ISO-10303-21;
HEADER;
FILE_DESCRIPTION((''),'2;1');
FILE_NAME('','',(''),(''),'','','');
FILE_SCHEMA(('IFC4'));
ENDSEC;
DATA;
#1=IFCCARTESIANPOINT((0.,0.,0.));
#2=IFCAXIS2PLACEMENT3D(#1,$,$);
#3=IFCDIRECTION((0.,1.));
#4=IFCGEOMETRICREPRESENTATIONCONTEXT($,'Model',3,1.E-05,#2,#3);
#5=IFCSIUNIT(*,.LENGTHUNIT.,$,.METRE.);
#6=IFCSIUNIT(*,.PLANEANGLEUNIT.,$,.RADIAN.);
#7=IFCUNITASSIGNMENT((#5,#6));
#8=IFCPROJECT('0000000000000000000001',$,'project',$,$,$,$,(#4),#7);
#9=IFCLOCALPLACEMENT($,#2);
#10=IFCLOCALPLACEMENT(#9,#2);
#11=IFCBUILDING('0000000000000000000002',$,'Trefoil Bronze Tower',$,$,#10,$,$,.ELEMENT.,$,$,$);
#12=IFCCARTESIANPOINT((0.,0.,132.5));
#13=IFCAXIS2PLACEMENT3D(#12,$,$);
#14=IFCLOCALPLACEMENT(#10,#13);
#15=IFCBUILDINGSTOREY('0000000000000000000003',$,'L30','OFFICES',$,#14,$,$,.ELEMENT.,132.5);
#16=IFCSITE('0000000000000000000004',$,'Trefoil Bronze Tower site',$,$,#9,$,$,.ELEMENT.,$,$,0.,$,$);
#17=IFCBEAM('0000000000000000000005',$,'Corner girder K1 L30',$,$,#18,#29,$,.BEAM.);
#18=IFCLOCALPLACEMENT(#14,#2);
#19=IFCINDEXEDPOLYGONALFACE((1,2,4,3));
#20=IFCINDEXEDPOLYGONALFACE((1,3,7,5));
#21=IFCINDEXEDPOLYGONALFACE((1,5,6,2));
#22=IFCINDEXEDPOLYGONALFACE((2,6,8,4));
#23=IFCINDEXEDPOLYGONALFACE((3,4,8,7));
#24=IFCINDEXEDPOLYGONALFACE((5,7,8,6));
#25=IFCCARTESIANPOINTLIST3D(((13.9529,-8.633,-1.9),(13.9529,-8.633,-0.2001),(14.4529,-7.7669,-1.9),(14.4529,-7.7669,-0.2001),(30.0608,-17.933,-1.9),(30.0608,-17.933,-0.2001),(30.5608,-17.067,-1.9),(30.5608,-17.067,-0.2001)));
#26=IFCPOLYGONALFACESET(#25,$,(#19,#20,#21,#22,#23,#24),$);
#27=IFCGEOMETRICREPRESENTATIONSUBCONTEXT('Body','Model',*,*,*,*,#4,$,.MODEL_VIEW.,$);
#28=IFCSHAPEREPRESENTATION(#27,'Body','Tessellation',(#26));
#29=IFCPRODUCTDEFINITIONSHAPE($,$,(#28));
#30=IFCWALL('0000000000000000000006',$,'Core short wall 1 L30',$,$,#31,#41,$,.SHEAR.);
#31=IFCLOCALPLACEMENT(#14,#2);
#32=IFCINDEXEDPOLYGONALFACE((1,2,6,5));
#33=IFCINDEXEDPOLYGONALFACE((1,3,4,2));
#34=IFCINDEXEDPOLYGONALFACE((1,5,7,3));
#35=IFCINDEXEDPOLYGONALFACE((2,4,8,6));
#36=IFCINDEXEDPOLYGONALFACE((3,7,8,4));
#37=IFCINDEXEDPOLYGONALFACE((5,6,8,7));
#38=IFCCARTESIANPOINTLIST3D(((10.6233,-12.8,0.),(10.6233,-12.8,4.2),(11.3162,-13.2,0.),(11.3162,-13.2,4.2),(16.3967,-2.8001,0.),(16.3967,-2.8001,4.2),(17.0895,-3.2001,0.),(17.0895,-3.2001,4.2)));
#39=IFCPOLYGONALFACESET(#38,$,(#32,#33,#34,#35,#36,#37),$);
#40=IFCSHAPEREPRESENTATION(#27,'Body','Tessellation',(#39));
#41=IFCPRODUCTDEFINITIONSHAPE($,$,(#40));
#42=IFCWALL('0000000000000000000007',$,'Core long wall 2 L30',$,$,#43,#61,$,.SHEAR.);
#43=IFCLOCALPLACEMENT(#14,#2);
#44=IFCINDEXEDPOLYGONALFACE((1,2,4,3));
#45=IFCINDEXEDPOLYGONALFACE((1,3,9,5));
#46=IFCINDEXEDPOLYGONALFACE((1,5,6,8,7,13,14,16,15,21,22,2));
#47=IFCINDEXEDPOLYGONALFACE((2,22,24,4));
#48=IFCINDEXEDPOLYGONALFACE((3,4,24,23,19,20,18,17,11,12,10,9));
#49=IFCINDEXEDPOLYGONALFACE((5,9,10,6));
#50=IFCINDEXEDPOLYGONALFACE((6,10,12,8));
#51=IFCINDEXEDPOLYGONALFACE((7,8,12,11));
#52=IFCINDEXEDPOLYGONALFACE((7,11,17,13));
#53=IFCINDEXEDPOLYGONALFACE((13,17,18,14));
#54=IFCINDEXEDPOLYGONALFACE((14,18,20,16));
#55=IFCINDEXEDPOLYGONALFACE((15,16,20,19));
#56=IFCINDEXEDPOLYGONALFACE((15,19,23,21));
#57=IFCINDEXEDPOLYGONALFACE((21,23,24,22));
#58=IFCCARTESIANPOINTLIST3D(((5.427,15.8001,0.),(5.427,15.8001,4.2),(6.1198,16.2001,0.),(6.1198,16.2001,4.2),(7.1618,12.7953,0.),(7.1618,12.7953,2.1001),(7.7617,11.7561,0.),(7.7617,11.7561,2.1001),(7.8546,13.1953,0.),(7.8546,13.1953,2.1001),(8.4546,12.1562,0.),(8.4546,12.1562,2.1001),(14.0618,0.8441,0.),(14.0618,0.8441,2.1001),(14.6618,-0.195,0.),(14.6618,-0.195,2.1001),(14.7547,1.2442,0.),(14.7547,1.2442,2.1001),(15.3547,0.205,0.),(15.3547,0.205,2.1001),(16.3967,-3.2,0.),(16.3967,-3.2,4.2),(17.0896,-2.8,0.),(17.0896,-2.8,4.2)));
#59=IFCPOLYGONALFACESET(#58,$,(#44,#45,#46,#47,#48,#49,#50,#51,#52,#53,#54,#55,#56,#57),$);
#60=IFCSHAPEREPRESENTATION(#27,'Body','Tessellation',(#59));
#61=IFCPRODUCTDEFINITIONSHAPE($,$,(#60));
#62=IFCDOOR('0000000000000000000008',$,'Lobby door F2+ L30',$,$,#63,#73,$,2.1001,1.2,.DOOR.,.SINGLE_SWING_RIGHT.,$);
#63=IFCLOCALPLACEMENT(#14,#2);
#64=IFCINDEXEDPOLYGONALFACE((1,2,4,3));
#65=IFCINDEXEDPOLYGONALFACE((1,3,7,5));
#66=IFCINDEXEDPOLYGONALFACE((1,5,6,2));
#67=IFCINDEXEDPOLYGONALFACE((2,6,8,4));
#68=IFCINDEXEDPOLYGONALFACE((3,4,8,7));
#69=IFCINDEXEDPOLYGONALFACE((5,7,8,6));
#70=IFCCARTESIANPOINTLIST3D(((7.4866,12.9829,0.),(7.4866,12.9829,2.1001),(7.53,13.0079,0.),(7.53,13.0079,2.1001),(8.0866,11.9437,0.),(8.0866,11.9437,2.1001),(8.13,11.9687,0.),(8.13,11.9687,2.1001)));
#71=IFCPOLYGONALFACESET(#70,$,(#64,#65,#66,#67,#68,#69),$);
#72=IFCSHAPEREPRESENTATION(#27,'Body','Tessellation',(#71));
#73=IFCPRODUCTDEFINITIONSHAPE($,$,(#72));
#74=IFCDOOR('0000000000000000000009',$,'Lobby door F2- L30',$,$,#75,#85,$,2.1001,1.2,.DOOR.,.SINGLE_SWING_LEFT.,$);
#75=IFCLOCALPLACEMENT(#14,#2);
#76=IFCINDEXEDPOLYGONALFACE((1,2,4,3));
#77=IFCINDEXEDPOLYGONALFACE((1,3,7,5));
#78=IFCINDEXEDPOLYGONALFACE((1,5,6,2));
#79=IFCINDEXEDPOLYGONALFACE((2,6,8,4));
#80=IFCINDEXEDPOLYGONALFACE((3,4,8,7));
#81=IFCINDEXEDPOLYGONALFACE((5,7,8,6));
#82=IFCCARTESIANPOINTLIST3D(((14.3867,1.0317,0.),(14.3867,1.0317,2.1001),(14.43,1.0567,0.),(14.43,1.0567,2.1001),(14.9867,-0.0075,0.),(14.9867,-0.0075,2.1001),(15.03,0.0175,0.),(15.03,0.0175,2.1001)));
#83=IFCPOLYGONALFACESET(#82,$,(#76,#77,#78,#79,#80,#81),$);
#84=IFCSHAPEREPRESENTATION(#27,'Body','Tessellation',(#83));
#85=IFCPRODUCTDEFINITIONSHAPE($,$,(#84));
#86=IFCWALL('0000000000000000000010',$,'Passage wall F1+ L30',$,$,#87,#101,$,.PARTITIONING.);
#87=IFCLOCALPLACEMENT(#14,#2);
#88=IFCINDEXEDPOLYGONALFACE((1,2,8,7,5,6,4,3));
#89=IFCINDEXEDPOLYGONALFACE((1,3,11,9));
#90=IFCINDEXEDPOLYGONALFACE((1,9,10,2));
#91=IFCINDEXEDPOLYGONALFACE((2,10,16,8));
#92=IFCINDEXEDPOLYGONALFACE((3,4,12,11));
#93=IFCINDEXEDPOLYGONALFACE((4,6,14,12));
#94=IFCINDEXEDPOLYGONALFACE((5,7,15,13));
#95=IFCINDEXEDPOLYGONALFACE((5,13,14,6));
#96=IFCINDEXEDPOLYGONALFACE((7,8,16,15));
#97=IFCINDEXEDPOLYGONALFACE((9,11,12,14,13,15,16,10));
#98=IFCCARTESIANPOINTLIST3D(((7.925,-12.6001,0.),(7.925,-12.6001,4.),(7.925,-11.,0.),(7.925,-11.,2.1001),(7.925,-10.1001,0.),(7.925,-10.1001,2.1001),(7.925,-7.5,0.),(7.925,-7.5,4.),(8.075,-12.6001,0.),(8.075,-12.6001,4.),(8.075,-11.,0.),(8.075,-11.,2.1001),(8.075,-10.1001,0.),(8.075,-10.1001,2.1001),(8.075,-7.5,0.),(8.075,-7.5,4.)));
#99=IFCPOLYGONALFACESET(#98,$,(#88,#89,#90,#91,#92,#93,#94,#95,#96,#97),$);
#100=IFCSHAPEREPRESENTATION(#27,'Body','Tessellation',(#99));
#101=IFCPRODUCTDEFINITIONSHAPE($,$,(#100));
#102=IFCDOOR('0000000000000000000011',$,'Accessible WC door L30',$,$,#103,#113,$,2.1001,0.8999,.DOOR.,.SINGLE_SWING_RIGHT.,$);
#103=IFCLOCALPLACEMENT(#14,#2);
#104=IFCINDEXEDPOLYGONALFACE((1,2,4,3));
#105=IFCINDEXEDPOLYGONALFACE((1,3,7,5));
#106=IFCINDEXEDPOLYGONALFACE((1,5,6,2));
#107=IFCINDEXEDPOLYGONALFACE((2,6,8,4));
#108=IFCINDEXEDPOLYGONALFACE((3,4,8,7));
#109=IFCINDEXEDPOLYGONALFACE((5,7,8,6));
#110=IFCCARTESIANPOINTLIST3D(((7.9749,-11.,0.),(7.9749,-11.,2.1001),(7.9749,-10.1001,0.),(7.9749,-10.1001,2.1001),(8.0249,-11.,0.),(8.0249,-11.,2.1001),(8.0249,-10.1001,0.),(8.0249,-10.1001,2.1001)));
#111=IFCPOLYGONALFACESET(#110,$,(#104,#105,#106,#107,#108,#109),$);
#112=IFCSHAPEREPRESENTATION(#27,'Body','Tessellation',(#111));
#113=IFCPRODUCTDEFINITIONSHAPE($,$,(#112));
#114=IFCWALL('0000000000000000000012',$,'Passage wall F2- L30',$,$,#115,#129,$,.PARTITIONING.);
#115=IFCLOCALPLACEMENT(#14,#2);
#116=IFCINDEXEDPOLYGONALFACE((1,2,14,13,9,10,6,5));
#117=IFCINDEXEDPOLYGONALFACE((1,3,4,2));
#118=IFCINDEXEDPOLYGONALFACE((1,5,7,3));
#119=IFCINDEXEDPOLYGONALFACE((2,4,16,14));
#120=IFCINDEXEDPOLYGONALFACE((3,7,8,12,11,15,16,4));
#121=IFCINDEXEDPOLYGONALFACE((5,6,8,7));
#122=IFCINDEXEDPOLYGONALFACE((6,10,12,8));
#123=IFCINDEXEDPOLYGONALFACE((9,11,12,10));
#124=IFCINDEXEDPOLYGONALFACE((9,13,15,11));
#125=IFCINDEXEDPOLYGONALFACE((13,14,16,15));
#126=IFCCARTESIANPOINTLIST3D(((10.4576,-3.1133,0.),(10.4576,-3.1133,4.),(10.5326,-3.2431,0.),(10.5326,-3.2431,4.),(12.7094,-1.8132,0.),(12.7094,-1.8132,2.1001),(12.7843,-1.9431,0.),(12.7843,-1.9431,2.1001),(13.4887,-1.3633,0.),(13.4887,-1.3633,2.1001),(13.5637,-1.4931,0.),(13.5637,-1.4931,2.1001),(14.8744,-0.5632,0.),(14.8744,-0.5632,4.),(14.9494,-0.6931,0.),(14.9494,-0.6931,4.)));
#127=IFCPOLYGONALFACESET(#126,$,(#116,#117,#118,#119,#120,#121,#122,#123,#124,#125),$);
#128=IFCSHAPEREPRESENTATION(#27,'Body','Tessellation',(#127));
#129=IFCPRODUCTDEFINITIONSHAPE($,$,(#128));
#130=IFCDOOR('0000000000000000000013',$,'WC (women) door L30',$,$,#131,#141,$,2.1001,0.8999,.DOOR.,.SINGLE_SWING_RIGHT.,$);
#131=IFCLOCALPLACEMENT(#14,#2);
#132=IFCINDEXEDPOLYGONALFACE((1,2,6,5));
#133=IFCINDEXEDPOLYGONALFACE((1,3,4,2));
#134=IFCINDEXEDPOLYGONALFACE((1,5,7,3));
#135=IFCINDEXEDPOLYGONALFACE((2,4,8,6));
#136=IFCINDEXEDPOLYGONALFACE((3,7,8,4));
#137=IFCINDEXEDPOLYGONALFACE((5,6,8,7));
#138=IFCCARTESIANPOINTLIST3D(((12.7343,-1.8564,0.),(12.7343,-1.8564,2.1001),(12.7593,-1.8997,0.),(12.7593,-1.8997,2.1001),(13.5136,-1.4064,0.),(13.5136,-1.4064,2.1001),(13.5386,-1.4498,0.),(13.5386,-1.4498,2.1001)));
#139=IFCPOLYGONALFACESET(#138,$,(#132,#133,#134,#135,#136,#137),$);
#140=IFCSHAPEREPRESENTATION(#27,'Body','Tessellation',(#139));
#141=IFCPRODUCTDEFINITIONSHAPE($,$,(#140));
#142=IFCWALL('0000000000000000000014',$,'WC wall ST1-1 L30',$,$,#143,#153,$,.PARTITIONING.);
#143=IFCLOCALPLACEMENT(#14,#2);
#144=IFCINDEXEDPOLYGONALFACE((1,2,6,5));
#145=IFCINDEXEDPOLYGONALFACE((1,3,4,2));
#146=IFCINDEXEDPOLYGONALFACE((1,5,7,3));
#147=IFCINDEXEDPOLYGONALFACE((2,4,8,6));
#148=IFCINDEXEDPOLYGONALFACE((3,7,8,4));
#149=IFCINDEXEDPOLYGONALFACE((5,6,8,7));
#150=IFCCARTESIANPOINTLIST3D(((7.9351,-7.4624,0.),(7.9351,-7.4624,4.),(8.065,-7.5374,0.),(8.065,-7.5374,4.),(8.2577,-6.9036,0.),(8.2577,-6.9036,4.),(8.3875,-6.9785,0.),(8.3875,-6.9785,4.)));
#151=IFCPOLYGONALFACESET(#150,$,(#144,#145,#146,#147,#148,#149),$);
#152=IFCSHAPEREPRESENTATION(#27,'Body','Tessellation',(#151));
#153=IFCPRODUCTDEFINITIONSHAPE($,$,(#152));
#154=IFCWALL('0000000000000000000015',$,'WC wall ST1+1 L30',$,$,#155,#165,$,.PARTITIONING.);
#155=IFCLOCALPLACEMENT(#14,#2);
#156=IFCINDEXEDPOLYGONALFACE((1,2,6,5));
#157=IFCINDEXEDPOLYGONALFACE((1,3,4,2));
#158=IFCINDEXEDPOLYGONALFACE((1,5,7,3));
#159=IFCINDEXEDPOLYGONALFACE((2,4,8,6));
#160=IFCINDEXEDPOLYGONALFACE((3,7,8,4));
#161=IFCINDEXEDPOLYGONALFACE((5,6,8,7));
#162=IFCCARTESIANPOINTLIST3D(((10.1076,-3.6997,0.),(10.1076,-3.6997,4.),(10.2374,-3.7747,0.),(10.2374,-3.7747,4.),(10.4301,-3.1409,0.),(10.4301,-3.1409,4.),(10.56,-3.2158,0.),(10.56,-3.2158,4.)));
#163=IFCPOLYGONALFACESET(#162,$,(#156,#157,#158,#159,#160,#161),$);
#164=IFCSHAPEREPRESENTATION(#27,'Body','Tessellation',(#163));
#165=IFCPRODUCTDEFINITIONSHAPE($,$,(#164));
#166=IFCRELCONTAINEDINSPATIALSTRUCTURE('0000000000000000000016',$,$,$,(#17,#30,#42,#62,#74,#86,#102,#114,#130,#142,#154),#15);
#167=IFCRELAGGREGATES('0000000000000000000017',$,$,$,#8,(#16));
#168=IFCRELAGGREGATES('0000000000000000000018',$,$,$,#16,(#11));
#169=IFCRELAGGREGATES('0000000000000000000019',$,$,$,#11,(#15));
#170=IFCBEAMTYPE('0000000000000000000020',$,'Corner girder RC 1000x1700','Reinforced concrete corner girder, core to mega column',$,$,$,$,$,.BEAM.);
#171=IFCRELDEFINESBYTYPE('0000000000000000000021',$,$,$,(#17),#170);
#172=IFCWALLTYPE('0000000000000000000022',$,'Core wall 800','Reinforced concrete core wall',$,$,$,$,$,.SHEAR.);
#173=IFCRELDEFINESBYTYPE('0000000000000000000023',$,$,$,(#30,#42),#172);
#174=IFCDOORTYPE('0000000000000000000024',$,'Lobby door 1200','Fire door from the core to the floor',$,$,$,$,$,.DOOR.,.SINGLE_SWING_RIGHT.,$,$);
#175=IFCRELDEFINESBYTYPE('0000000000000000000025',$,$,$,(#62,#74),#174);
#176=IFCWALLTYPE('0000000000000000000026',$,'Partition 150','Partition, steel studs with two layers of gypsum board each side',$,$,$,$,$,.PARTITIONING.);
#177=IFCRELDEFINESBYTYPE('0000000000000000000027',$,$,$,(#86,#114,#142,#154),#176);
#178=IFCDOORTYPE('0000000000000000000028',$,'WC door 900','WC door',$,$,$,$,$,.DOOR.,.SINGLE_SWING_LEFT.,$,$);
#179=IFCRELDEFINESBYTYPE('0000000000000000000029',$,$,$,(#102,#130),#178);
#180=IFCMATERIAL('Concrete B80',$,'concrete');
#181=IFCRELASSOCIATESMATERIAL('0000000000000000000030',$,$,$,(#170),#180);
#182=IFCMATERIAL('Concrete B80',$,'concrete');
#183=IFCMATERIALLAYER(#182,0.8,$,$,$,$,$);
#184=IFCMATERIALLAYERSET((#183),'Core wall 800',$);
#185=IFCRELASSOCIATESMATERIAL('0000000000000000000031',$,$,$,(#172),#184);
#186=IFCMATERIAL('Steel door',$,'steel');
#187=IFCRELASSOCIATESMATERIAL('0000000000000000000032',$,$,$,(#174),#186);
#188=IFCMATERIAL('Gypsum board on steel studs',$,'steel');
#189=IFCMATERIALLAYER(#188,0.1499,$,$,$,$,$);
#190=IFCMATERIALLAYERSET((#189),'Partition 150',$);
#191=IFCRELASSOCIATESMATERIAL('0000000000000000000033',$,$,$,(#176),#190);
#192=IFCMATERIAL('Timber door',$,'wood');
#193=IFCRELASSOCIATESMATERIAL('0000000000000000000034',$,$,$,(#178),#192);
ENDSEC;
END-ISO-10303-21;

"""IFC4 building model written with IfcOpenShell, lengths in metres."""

from ifc_helpers import new_model, si_unit, direction, frame, frame_2d, origin, origin_2d, place, context, subcontext, project, spatial, rectangle, extrude, material, layer, layer_set, material_profile, profile_set, type_object, element, fill, save


model = new_model("IFC4")

# Units and contexts
model_context = context("Model", 3, precision=1e-05, world=origin(), true_north=direction((0.0, 1.0)))
body_context = subcontext(model_context, "Body", "Model", "MODEL_VIEW")
ifc_project = project(units=[si_unit("LENGTHUNIT", "METRE"), si_unit("PLANEANGLEUNIT", "RADIAN")], contexts=[model_context])

# Site, building, storey
site_placement = place(None, origin())
site = spatial("IfcSite", under=ifc_project, at=site_placement, Name="Trefoil Bronze Tower site", CompositionType="ELEMENT", RefElevation=0.0)
building_placement = place(site_placement, origin())
building = spatial("IfcBuilding", under=site, at=building_placement, Name="Trefoil Bronze Tower", CompositionType="ELEMENT")
storey_placement = place(building_placement, frame((0.0, 0.0, 132.5)))
storey = spatial("IfcBuildingStorey", under=building, at=storey_placement, Name="L30", Description="OFFICES", CompositionType="ELEMENT", Elevation=132.5)

# Beam
ifc_material_1 = material(Name="Concrete B80", Category="concrete")
ifc_material_profile_1 = material_profile(ifc_material_1, rectangle(XDim=1.0, YDim=1.7, at=origin_2d()), Name="RC 1000x1700")
ifc_profile_set_1 = profile_set([ifc_material_profile_1], Name="Concrete B80")
beam_type_1 = type_object("IfcBeamType", Name="Corner girder RC 1000x1700", Description="Reinforced concrete corner girder, core to mega column", PredefinedType="BEAM", material=ifc_profile_set_1)
beam_placement = place(storey_placement, frame((14.2029, -8.2, -1.05), z_axis=(0.866022, -0.500006, 0.0), x_axis=(0.500006, 0.866022, 0.0)))
element("IfcBeam", 1, at=beam_placement, inside=storey, type_object=beam_type_1, Name="Corner girder K1 L30", PredefinedType="BEAM", context=body_context, shape_type="SweptSolid", body=[
    extrude(rectangle(XDim=1.0, YDim=1.7, at=origin_2d()), origin(), (0.0, 0.0, 1.0), 18.5999),
])

# Wall
ifc_material_2 = material(Name="Concrete B80", Category="concrete")
ifc_layer_1 = layer(ifc_material_2, 0.8)
ifc_layer_set_1 = layer_set([ifc_layer_1], Name="Core wall 800")
wall_type_1 = type_object("IfcWallType", Name="Core wall 800", Description="Reinforced concrete core wall", PredefinedType="SHEAR", material=ifc_layer_set_1)
wall_1_placement = place(storey_placement, frame((10.9697, -13.0, 0.0), z_axis=(0.0, 0.0, 1.0), x_axis=(0.499996, 0.866028, 0.0)))
element("IfcWall", 2, at=wall_1_placement, inside=storey, type_object=wall_type_1, Name="Core short wall 1 L30", PredefinedType="SHEAR", context=body_context, shape_type="SweptSolid", body=[
    extrude(rectangle(XDim=11.5469, YDim=0.8, at=frame_2d((5.7734, 0.0))), origin(), (0.0, 0.0, 1.0), 4.2),
])

# Wall, openings, doors
wall_2_placement = place(storey_placement, frame((16.7432, -3.0, 0.0), z_axis=(0.0, 0.0, 1.0), x_axis=(-0.500002, 0.866024, 0.0)))
wall_2 = element("IfcWall", 3, at=wall_2_placement, inside=storey, type_object=wall_type_1, Name="Core long wall 2 L30", PredefinedType="SHEAR", context=body_context, shape_type="SweptSolid", body=[
    extrude(rectangle(XDim=21.9395, YDim=0.8, at=frame_2d((10.9697, 0.0))), origin(), (0.0, 0.0, 1.0), 4.2),
])
opening_1_placement = place(wall_2_placement, frame((17.2698, 0.0, 0.0)))
opening_1 = element("IfcOpeningElement", 4, at=opening_1_placement, cuts=wall_2, PredefinedType="OPENING", context=body_context, shape_type="SweptSolid", body=[
    extrude(rectangle(XDim=1.2, YDim=2.1001, at=frame_2d((0.6001, 1.05))), frame((0.0, 0.4099, 0.0), z_axis=(0.0, -1.0, 0.0), x_axis=(1.0, 0.0, 0.0)), (0.0, 0.0, 1.0), 0.8201),
])
opening_2_placement = place(wall_2_placement, frame((3.4697, 0.0, 0.0)))
opening_2 = element("IfcOpeningElement", 5, at=opening_2_placement, cuts=wall_2, PredefinedType="OPENING", context=body_context, shape_type="SweptSolid", body=[
    extrude(rectangle(XDim=1.2, YDim=2.1001, at=frame_2d((0.6001, 1.05))), frame((0.0, 0.4099, 0.0), z_axis=(0.0, -1.0, 0.0), x_axis=(1.0, 0.0, 0.0)), (0.0, 0.0, 1.0), 0.8201),
])
ifc_material_3 = material(Name="Steel door", Category="steel")
door_type_1 = type_object("IfcDoorType", Name="Lobby door 1200", Description="Fire door from the core to the floor", OperationType="SINGLE_SWING_RIGHT", PredefinedType="DOOR", material=ifc_material_3)
door_1_placement = place(opening_1_placement, origin())
door_1 = element("IfcDoor", 6, at=door_1_placement, inside=storey, type_object=door_type_1, Name="Lobby door F2+ L30", OperationType="SINGLE_SWING_RIGHT", OverallHeight=2.1001, OverallWidth=1.2, PredefinedType="DOOR", context=body_context, shape_type="SweptSolid", body=[
    extrude(rectangle(XDim=1.2, YDim=2.1001, at=frame_2d((0.6001, 1.05))), frame((0.0, 0.0249, 0.0), z_axis=(0.0, -1.0, 0.0), x_axis=(1.0, 0.0, 0.0)), (0.0, 0.0, 1.0), 0.05),
])
fill(opening_1, door_1)
door_2_placement = place(opening_2_placement, origin())
door_2 = element("IfcDoor", 7, at=door_2_placement, inside=storey, type_object=door_type_1, Name="Lobby door F2- L30", OperationType="SINGLE_SWING_LEFT", OverallHeight=2.1001, OverallWidth=1.2, PredefinedType="DOOR", context=body_context, shape_type="SweptSolid", body=[
    extrude(rectangle(XDim=1.2, YDim=2.1001, at=frame_2d((0.6001, 1.05))), frame((0.0, 0.0249, 0.0), z_axis=(0.0, -1.0, 0.0), x_axis=(1.0, 0.0, 0.0)), (0.0, 0.0, 1.0), 0.05),
])
fill(opening_2, door_2)

# Walls, openings, doors
ifc_material_4 = material(Name="Gypsum board on steel studs", Category="steel")
ifc_layer_2 = layer(ifc_material_4, 0.1499)
ifc_layer_set_2 = layer_set([ifc_layer_2], Name="Partition 150")
wall_type_2 = type_object("IfcWallType", Name="Partition 150", Description="Partition, steel studs with two layers of gypsum board each side", PredefinedType="PARTITIONING", material=ifc_layer_set_2)
wall_3_placement = place(storey_placement, frame((8.0, -7.5, 0.0), z_axis=(0.0, 0.0, 1.0), x_axis=(0.0, -1.0, 0.0)))
wall_3 = element("IfcWall", 8, at=wall_3_placement, inside=storey, type_object=wall_type_2, Name="Passage wall F1+ L30", PredefinedType="PARTITIONING", context=body_context, shape_type="SweptSolid", body=[
    extrude(rectangle(XDim=5.1001, YDim=0.1499, at=frame_2d((2.55, 0.0))), origin(), (0.0, 0.0, 1.0), 4.0),
])
opening_3_placement = place(wall_3_placement, frame((2.6001, 0.0, 0.0)))
opening_3 = element("IfcOpeningElement", 9, at=opening_3_placement, cuts=wall_3, PredefinedType="OPENING", context=body_context, shape_type="SweptSolid", body=[
    extrude(rectangle(XDim=0.8999, YDim=2.1001, at=frame_2d((0.45, 1.05))), frame((0.0, 0.085, 0.0), z_axis=(0.0, -1.0, 0.0), x_axis=(1.0, 0.0, 0.0)), (0.0, 0.0, 1.0), 0.1699),
])
ifc_material_5 = material(Name="Timber door", Category="wood")
door_type_2 = type_object("IfcDoorType", Name="WC door 900", Description="WC door", OperationType="SINGLE_SWING_LEFT", PredefinedType="DOOR", material=ifc_material_5)
door_3_placement = place(opening_3_placement, origin())
door_3 = element("IfcDoor", 10, at=door_3_placement, inside=storey, type_object=door_type_2, Name="Accessible WC door L30", OperationType="SINGLE_SWING_RIGHT", OverallHeight=2.1001, OverallWidth=0.8999, PredefinedType="DOOR", context=body_context, shape_type="SweptSolid", body=[
    extrude(rectangle(XDim=0.8999, YDim=2.1001, at=frame_2d((0.45, 1.05))), frame((0.0, 0.0249, 0.0), z_axis=(0.0, -1.0, 0.0), x_axis=(1.0, 0.0, 0.0)), (0.0, 0.0, 1.0), 0.05),
])
fill(opening_3, door_3)
wall_4_placement = place(storey_placement, frame((10.4951, -3.1782, 0.0), z_axis=(0.0, 0.0, 1.0), x_axis=(0.866022, 0.500006, 0.0)))
wall_4 = element("IfcWall", 11, at=wall_4_placement, inside=storey, type_object=wall_type_2, Name="Passage wall F2- L30", PredefinedType="PARTITIONING", context=body_context, shape_type="SweptSolid", body=[
    extrude(rectangle(XDim=5.1001, YDim=0.1499, at=frame_2d((2.55, 0.0))), origin(), (0.0, 0.0, 1.0), 4.0),
])
opening_4_placement = place(wall_4_placement, frame((2.6001, 0.0, 0.0)))
opening_4 = element("IfcOpeningElement", 12, at=opening_4_placement, cuts=wall_4, PredefinedType="OPENING", context=body_context, shape_type="SweptSolid", body=[
    extrude(rectangle(XDim=0.8999, YDim=2.1001, at=frame_2d((0.45, 1.05))), frame((0.0, 0.085, 0.0), z_axis=(0.0, -1.0, 0.0), x_axis=(1.0, 0.0, 0.0)), (0.0, 0.0, 1.0), 0.1699),
])
door_4_placement = place(opening_4_placement, frame((0.8999, 0.0, 0.0), z_axis=(0.0, 0.0, 1.0), x_axis=(-1.0, 0.0, 0.0)))
door_4 = element("IfcDoor", 13, at=door_4_placement, inside=storey, type_object=door_type_2, Name="WC (women) door L30", OperationType="SINGLE_SWING_RIGHT", OverallHeight=2.1001, OverallWidth=0.8999, PredefinedType="DOOR", context=body_context, shape_type="SweptSolid", body=[
    extrude(rectangle(XDim=0.8999, YDim=2.1001, at=frame_2d((0.45, 1.05))), frame((0.0, 0.0249, 0.0), z_axis=(0.0, -1.0, 0.0), x_axis=(1.0, 0.0, 0.0)), (0.0, 0.0, 1.0), 0.05),
])
fill(opening_4, door_4)

# Walls
for number, where, z_axis, x_axis, name in (
    (14, (8.0, -7.5, 0.0), (0.0, 0.0, 1.0), (0.499843, 0.866116, 0.0), "WC wall ST1-1 L30"),
    (15, (10.4951, -3.1782, 0.0), (0.0, 0.0, 1.0), (-0.499843, -0.866116, 0.0), "WC wall ST1+1 L30"),
):
    element("IfcWall", number, at=place(storey_placement, frame(where, z_axis=z_axis, x_axis=x_axis)), inside=storey, type_object=wall_type_2, Name=name, PredefinedType="PARTITIONING", context=body_context, shape_type="SweptSolid", body=[
        extrude(rectangle(XDim=0.6453, YDim=0.1499, at=frame_2d((0.3228, 0.0))), origin(), (0.0, 0.0, 1.0), 4.0),
    ])

save(model, "model.ifc")
